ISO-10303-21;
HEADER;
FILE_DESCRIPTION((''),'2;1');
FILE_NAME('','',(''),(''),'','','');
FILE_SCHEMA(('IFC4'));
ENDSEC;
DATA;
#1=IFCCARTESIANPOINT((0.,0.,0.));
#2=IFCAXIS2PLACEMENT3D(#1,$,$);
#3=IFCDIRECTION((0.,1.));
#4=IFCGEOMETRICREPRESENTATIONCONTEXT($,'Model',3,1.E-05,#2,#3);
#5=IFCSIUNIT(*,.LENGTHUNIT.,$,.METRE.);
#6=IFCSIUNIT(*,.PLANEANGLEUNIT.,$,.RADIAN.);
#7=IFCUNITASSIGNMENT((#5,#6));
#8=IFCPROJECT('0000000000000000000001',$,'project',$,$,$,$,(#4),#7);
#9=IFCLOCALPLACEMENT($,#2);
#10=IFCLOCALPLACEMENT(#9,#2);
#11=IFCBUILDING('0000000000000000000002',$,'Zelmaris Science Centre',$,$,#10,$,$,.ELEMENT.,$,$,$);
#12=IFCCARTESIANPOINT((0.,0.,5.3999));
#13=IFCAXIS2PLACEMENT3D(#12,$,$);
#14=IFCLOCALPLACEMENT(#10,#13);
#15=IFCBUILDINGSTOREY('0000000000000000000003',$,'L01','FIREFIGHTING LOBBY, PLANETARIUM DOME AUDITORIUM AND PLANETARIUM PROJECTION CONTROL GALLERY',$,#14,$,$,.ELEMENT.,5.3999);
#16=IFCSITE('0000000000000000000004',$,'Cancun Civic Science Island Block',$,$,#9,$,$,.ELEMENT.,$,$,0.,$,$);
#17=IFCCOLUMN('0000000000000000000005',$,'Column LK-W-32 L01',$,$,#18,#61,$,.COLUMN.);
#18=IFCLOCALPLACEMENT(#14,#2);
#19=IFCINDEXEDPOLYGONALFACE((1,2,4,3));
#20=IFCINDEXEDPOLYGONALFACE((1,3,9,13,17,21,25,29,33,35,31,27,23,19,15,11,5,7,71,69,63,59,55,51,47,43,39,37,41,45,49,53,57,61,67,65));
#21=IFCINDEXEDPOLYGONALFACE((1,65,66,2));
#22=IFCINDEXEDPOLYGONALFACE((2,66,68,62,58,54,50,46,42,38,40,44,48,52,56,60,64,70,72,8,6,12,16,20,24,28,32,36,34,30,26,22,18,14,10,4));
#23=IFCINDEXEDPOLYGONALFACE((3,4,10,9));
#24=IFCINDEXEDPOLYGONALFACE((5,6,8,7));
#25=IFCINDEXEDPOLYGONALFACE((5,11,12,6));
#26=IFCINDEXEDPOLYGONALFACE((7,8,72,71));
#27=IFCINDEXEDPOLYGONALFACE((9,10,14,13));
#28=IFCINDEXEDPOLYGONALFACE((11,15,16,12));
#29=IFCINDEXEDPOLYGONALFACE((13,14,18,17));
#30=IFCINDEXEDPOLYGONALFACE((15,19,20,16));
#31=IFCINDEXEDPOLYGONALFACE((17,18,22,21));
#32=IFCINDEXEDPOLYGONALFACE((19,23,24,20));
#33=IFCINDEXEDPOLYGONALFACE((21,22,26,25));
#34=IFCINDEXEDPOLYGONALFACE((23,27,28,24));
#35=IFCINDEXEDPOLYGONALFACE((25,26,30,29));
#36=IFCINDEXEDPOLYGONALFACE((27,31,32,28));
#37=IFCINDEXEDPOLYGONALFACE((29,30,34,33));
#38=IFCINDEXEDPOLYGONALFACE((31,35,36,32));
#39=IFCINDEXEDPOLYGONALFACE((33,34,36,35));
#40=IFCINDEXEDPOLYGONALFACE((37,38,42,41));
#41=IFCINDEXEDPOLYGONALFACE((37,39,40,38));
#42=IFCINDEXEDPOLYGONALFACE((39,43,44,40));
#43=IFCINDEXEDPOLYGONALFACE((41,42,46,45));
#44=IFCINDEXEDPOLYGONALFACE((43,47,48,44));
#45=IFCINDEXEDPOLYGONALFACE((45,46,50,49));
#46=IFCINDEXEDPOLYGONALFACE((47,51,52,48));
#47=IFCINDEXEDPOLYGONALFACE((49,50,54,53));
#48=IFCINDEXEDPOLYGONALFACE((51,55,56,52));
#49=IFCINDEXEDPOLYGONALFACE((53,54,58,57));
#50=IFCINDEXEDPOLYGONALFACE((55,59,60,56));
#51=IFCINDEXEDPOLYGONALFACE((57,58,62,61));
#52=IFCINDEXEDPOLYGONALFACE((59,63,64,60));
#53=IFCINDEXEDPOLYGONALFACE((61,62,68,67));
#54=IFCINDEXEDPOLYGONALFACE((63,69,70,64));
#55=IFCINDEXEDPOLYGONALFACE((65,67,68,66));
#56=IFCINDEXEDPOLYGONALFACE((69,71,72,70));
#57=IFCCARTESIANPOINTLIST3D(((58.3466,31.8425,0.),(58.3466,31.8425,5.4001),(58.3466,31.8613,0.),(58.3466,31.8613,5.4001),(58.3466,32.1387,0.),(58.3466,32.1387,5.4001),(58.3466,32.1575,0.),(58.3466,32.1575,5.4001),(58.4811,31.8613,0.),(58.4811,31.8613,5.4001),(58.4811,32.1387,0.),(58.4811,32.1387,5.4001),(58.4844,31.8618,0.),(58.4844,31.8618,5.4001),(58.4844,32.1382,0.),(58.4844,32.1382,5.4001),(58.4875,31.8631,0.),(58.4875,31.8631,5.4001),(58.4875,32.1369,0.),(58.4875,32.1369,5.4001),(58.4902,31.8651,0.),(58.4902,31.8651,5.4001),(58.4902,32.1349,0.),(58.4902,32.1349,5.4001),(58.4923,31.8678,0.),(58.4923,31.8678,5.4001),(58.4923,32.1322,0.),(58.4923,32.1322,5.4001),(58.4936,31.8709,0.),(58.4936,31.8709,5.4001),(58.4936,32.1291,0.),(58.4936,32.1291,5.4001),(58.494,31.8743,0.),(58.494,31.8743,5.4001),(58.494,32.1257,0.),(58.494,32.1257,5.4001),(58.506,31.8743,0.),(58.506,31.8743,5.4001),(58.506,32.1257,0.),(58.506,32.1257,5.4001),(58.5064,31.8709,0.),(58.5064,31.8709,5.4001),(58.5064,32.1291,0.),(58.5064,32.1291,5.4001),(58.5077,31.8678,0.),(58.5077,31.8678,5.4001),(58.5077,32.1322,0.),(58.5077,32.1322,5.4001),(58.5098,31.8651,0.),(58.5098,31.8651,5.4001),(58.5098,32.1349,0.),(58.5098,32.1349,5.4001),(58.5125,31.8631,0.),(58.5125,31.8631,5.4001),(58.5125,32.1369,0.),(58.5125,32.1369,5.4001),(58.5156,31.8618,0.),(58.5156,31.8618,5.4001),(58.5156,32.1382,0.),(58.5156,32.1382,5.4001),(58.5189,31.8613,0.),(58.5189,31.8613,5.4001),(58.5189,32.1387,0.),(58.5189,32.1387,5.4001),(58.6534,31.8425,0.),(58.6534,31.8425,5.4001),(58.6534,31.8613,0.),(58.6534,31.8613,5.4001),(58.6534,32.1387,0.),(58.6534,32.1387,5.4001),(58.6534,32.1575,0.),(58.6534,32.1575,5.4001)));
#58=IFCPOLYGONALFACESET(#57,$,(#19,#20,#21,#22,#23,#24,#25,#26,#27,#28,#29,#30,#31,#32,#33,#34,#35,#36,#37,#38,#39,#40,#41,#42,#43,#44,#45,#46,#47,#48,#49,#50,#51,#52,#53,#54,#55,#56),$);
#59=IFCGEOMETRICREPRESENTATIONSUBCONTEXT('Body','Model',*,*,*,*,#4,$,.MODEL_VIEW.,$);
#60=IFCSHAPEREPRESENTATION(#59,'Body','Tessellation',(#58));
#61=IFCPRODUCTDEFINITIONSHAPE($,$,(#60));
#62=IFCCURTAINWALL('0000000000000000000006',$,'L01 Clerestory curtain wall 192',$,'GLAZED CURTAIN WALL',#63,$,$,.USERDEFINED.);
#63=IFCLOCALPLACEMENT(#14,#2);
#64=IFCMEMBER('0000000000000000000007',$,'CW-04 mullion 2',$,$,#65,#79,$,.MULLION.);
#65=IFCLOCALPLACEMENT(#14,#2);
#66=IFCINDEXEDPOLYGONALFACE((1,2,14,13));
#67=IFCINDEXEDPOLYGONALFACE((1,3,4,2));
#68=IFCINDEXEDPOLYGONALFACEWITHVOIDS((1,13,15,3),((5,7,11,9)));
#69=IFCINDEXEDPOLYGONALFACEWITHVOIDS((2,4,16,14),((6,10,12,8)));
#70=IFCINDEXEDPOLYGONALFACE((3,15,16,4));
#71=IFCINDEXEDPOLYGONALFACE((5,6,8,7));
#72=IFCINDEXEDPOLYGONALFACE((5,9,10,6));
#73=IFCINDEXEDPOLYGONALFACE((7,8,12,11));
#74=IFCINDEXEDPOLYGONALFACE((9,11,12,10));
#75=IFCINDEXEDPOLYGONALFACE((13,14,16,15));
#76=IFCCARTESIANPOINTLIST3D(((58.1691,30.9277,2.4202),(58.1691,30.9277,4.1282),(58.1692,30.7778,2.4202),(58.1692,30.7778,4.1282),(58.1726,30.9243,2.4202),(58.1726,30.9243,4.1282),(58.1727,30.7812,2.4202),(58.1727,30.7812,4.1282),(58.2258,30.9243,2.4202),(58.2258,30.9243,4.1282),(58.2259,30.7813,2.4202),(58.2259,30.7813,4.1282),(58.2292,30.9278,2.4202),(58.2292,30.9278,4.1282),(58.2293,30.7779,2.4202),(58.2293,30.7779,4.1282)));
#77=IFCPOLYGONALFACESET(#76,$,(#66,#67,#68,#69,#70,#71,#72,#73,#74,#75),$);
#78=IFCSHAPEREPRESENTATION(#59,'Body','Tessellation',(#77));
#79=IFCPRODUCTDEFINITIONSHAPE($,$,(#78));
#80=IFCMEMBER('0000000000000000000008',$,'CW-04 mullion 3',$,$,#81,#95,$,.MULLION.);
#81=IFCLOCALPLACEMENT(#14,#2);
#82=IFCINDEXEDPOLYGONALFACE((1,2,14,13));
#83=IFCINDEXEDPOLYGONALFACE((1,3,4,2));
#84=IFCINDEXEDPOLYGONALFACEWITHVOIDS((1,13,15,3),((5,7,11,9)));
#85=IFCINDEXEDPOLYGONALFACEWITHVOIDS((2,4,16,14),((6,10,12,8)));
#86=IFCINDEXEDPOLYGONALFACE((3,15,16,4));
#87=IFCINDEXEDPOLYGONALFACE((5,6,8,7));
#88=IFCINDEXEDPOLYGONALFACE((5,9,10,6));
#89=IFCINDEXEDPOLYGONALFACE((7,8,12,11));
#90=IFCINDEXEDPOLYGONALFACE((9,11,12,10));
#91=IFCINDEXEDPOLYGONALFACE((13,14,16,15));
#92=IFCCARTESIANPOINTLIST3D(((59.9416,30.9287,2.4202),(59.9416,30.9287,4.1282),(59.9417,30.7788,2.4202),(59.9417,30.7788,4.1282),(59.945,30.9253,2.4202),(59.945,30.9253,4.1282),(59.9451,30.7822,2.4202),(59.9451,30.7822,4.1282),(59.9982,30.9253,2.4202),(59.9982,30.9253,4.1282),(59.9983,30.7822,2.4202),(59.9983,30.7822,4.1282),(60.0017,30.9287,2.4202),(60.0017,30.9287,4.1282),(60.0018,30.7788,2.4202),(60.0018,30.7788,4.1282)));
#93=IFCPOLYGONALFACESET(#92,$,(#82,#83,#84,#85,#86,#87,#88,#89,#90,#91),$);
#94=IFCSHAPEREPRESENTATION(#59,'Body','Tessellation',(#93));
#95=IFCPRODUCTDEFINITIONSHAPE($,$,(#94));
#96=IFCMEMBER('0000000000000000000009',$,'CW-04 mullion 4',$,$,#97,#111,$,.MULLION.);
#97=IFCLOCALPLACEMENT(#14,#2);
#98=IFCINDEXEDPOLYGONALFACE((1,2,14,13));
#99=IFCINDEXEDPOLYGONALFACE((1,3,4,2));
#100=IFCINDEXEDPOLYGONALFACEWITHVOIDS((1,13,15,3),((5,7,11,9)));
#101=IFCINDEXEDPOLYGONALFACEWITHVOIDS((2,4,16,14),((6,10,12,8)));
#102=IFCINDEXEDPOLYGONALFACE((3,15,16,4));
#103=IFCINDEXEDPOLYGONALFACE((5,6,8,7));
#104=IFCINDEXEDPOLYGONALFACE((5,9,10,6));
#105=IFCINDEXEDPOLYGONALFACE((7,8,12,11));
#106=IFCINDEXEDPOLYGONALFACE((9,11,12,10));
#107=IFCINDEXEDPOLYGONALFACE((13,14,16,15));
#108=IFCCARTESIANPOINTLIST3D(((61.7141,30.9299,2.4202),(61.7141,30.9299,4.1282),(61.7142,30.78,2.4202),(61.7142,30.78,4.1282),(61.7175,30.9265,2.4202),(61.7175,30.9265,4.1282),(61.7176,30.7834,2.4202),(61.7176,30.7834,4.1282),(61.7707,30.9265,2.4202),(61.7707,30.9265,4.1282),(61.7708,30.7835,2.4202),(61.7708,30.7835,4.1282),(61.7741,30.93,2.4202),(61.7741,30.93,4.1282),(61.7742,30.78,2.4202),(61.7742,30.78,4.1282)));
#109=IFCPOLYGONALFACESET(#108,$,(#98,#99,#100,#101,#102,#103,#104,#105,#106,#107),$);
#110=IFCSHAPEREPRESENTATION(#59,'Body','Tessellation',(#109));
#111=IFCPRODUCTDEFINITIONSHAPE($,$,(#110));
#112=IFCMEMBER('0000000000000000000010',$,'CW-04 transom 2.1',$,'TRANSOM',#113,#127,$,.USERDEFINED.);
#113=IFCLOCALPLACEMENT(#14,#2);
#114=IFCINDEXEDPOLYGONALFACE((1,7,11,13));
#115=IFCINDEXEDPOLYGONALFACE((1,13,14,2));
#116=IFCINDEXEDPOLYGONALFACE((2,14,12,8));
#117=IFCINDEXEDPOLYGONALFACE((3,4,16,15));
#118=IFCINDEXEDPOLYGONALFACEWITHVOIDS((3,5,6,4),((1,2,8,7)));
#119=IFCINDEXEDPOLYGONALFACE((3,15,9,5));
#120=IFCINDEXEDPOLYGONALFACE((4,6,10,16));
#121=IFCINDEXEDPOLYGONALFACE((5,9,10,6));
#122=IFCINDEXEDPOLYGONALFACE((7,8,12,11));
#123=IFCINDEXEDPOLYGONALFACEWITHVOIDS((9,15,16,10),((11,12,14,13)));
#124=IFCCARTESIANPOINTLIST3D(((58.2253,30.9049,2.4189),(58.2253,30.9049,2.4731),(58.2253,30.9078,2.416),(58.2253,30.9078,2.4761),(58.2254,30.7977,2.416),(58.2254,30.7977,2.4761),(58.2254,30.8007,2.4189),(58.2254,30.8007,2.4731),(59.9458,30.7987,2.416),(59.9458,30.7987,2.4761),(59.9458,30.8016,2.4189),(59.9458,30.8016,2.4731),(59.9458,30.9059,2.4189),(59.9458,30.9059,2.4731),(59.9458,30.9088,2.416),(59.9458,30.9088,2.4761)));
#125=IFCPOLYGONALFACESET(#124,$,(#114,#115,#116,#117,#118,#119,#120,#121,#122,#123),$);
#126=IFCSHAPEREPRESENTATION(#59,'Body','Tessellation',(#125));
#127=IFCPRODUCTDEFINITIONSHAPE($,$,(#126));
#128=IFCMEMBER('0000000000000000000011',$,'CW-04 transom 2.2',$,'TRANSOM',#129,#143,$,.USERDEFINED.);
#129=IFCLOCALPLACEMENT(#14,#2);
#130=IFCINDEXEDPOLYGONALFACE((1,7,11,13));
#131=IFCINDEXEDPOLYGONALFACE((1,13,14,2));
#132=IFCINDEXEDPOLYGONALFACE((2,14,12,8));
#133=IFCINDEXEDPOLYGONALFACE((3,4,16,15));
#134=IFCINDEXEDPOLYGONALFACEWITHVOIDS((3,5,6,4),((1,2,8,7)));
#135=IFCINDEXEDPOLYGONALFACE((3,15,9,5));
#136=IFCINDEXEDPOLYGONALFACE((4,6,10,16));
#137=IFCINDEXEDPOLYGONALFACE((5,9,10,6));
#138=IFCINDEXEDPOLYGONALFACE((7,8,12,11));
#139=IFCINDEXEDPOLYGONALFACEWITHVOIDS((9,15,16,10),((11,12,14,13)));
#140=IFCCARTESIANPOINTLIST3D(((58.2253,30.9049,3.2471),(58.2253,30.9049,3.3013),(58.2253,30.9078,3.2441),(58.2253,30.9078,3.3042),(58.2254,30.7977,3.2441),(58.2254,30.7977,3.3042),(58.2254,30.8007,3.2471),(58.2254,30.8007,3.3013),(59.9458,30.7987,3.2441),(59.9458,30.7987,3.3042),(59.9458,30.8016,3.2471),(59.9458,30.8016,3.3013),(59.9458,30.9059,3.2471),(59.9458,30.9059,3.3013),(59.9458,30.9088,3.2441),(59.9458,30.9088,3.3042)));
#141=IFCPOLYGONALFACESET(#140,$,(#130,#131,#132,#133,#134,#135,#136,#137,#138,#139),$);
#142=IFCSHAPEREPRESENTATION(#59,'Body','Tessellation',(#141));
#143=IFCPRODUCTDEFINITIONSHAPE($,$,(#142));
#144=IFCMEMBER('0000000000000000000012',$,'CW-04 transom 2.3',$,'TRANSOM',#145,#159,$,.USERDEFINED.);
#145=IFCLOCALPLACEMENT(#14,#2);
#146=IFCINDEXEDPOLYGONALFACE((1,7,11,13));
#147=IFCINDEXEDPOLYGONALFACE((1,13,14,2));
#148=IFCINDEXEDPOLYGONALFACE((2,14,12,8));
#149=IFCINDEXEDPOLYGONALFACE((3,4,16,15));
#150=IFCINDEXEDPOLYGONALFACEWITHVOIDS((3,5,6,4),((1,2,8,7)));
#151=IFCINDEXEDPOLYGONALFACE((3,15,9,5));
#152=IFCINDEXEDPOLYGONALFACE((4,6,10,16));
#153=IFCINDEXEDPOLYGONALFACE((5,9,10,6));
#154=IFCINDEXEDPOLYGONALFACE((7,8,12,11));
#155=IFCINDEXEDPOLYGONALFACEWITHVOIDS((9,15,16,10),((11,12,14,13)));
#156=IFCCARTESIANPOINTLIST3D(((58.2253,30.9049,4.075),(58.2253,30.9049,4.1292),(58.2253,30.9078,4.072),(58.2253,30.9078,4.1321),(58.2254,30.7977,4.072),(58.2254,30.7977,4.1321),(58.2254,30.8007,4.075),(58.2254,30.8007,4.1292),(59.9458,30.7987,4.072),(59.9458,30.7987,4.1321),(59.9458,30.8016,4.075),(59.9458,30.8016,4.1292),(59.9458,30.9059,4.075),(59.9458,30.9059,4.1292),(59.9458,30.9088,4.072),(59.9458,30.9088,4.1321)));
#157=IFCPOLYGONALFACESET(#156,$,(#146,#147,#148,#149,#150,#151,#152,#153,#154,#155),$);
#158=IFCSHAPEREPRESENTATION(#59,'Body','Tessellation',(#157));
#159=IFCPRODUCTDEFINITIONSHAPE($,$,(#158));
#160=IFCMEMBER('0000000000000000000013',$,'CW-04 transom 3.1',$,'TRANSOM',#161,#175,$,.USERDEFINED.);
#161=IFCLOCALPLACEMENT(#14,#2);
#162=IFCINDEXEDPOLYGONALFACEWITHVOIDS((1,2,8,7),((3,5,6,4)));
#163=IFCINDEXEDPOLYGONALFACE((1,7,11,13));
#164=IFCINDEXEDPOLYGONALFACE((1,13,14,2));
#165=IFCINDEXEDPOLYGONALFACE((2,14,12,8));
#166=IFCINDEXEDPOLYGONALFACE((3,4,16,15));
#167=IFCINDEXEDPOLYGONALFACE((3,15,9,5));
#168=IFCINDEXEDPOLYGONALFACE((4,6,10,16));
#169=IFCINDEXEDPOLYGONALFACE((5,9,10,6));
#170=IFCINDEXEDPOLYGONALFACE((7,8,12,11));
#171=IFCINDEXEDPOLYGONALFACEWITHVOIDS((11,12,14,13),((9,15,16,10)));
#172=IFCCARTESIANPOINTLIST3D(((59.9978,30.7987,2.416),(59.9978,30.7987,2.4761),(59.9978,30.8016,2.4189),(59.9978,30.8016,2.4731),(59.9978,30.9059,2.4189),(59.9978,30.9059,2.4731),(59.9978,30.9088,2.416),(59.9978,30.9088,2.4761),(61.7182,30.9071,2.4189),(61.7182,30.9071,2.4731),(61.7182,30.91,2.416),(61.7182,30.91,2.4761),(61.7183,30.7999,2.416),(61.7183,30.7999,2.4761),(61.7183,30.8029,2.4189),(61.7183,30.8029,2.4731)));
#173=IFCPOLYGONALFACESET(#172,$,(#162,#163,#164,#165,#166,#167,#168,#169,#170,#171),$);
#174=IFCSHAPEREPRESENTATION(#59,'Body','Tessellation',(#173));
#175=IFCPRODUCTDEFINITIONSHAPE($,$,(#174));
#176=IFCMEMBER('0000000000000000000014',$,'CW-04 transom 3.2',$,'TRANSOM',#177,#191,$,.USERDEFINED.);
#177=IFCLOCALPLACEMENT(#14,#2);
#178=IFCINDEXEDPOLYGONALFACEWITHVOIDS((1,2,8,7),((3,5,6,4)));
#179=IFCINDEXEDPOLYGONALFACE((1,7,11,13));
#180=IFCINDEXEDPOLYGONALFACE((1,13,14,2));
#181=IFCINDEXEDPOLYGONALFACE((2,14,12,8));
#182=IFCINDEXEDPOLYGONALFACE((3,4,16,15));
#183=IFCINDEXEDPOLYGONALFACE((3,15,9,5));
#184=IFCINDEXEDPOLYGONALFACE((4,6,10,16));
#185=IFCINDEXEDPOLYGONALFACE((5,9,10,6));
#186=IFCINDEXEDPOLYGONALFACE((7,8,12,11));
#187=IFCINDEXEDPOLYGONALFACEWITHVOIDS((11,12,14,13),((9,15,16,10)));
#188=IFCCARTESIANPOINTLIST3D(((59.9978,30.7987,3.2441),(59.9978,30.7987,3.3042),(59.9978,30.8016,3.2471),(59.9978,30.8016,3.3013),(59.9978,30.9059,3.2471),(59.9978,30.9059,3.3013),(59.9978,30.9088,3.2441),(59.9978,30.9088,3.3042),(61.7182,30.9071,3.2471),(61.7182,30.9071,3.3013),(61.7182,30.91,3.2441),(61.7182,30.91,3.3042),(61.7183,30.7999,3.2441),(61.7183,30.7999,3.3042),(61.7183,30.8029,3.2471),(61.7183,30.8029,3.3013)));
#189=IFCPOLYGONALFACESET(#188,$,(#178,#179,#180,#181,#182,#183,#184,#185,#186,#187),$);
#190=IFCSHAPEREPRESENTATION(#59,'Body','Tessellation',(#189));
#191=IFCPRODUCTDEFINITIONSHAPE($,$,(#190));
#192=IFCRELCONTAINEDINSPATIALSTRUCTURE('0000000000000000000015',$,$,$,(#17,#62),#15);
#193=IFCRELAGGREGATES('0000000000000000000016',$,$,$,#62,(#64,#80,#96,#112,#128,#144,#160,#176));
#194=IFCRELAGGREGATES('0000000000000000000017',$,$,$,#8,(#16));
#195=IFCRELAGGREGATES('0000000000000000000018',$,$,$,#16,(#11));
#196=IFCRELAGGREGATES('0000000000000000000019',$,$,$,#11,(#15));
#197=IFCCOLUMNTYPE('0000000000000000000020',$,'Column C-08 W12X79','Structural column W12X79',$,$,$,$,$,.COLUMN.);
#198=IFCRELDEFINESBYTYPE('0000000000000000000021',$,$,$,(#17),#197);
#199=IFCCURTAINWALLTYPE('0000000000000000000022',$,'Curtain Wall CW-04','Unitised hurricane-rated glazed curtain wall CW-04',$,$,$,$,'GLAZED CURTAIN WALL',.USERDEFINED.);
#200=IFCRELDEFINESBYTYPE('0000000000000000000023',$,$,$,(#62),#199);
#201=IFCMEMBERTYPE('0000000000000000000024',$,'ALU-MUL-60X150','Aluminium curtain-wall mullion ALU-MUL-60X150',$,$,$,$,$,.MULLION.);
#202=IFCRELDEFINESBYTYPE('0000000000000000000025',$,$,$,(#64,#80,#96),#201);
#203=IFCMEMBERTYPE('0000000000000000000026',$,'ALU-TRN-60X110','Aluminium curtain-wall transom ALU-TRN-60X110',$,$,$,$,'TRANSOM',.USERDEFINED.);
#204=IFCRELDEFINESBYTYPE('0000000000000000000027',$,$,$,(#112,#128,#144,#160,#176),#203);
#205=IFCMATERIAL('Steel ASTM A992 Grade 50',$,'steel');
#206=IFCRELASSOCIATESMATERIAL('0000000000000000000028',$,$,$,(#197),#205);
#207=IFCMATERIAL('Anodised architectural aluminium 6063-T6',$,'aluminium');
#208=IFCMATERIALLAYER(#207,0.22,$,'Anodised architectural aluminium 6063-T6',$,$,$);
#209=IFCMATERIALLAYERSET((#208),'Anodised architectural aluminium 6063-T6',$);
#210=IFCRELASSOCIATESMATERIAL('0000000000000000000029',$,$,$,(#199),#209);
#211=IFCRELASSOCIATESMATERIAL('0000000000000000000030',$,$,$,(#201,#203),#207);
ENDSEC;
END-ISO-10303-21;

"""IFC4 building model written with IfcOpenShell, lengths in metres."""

from ifc_helpers import new_model, si_unit, direction, frame, origin, origin_2d, place, context, subcontext, project, spatial, hollow_rectangle, i_section, extrude, material, layer, layer_set, material_profile, profile_set, type_object, element, aggregate, save


model = new_model("IFC4")

# Units and contexts
model_context = context("Model", 3, precision=1e-05, world=origin(), true_north=direction((0.0, 1.0)))
body_context = subcontext(model_context, "Body", "Model", "MODEL_VIEW")
ifc_project = project(units=[si_unit("LENGTHUNIT", "METRE"), si_unit("PLANEANGLEUNIT", "RADIAN")], contexts=[model_context])

# Site, building, storey
site_placement = place(None, origin())
site = spatial("IfcSite", under=ifc_project, at=site_placement, Name="Cancun Civic Science Island Block", CompositionType="ELEMENT", RefElevation=0.0)
building_placement = place(site_placement, origin())
building = spatial("IfcBuilding", under=site, at=building_placement, Name="Zelmaris Science Centre", CompositionType="ELEMENT")
storey_placement = place(building_placement, frame((0.0, 0.0, 5.3999)))
storey = spatial("IfcBuildingStorey", under=building, at=storey_placement, Name="L01", Description="FIREFIGHTING LOBBY, PLANETARIUM DOME AUDITORIUM AND PLANETARIUM PROJECTION CONTROL GALLERY", CompositionType="ELEMENT", Elevation=5.3999)

# Column
ifc_material_1 = material(Name="Steel ASTM A992 Grade 50", Category="steel")
ifc_material_profile_1 = material_profile(ifc_material_1, i_section(OverallWidth=0.3069, OverallDepth=0.3149, WebThickness=0.012, FlangeThickness=0.0188, FilletRadius=0.0129, at=origin_2d()), Name="W12X79")
ifc_profile_set_1 = profile_set([ifc_material_profile_1], Name="Steel ASTM A992 Grade 50")
column_type = type_object("IfcColumnType", Name="Column C-08 W12X79", Description="Structural column W12X79", PredefinedType="COLUMN", material=ifc_profile_set_1)
column_placement = place(storey_placement, frame((58.5, 32.0, 0.0), z_axis=(0.0, 0.0, 1.0), x_axis=(1.0, 0.0, 0.0)))
element("IfcColumn", 1, at=column_placement, inside=storey, type_object=column_type, Name="Column LK-W-32 L01", PredefinedType="COLUMN", context=body_context, shape_type="SweptSolid", body=[
    extrude(i_section(OverallWidth=0.3069, OverallDepth=0.3149, WebThickness=0.012, FlangeThickness=0.0188, FilletRadius=0.0129, at=origin_2d()), origin(), (0.0, 0.0, 1.0), 5.4001),
])

# Curtain wall, members
ifc_material_2 = material(Name="Anodised architectural aluminium 6063-T6", Category="aluminium")
ifc_layer_1 = layer(ifc_material_2, 0.22, Name="Anodised architectural aluminium 6063-T6")
ifc_layer_set_1 = layer_set([ifc_layer_1], Name="Anodised architectural aluminium 6063-T6")
curtain_wall_type_1 = type_object("IfcCurtainWallType", Name="Curtain Wall CW-04", Description="Unitised hurricane-rated glazed curtain wall CW-04", ElementType="GLAZED CURTAIN WALL", PredefinedType="USERDEFINED", material=ifc_layer_set_1)
curtain_wall_1_placement = place(storey_placement, origin())
curtain_wall_1 = element("IfcCurtainWall", 2, at=curtain_wall_1_placement, inside=storey, type_object=curtain_wall_type_1, Name="L01 Clerestory curtain wall 192", ObjectType="GLAZED CURTAIN WALL", PredefinedType="USERDEFINED")
ifc_material_profile_2 = material_profile(ifc_material_2, hollow_rectangle(XDim=0.0601, YDim=0.1499, WallThickness=0.0034, at=origin_2d()), Name="ALU-MUL-60X150")
ifc_profile_set_2 = profile_set([ifc_material_profile_2], Name="Anodised architectural aluminium 6063-T6")
member_type_1 = type_object("IfcMemberType", Name="ALU-MUL-60X150", Description="Aluminium curtain-wall mullion ALU-MUL-60X150", PredefinedType="MULLION", material=ifc_profile_set_2)
member_1_placement = place(storey_placement, frame((58.1992, 30.8528, 2.4202), z_axis=(0.0, 0.0, 1.0), x_axis=(1.0, 0.000621, 0.0)))
member_1 = element("IfcMember", 3, at=member_1_placement, type_object=member_type_1, Name="CW-04 mullion 2", PredefinedType="MULLION", context=body_context, shape_type="SweptSolid", body=[
    extrude(hollow_rectangle(XDim=0.0601, YDim=0.1499, WallThickness=0.0034, at=origin_2d()), origin(), (0.0, 0.0, 1.0), 1.708),
])
member_2_placement = place(storey_placement, frame((59.9717, 30.8538, 2.4202), z_axis=(0.0, 0.0, 1.0), x_axis=(1.0, 0.000621, 0.0)))
member_2 = element("IfcMember", 4, at=member_2_placement, type_object=member_type_1, Name="CW-04 mullion 3", PredefinedType="MULLION", context=body_context, shape_type="SweptSolid", body=[
    extrude(hollow_rectangle(XDim=0.0601, YDim=0.1499, WallThickness=0.0034, at=origin_2d()), origin(), (0.0, 0.0, 1.0), 1.708),
])
member_3_placement = place(storey_placement, frame((61.7441, 30.855, 2.4202), z_axis=(0.0, 0.0, 1.0), x_axis=(1.0, 0.000621, 0.0)))
member_3 = element("IfcMember", 5, at=member_3_placement, type_object=member_type_1, Name="CW-04 mullion 4", PredefinedType="MULLION", context=body_context, shape_type="SweptSolid", body=[
    extrude(hollow_rectangle(XDim=0.0601, YDim=0.1499, WallThickness=0.0034, at=origin_2d()), origin(), (0.0, 0.0, 1.0), 1.708),
])
ifc_material_profile_3 = material_profile(ifc_material_2, hollow_rectangle(XDim=0.0601, YDim=0.1101, WallThickness=0.0029, at=origin_2d()), Name="ALU-TRN-60X110")
ifc_profile_set_3 = profile_set([ifc_material_profile_3], Name="Anodised architectural aluminium 6063-T6")
member_type_2 = type_object("IfcMemberType", Name="ALU-TRN-60X110", Description="Aluminium curtain-wall transom ALU-TRN-60X110", ElementType="TRANSOM", PredefinedType="USERDEFINED", material=ifc_profile_set_3)
member_4_placement = place(storey_placement, frame((58.2253, 30.8528, 2.446), z_axis=(1.0, 0.000568, 0.0), x_axis=(0.0, 0.0, 1.0)))
member_4 = element("IfcMember", 6, at=member_4_placement, type_object=member_type_2, Name="CW-04 transom 2.1", ObjectType="TRANSOM", PredefinedType="USERDEFINED", context=body_context, shape_type="SweptSolid", body=[
    extrude(hollow_rectangle(XDim=0.0601, YDim=0.1101, WallThickness=0.0029, at=origin_2d()), origin(), (0.0, 0.0, 1.0), 1.7205),
])
member_5_placement = place(storey_placement, frame((58.2253, 30.8528, 3.2742), z_axis=(1.0, 0.000568, 0.0), x_axis=(0.0, 0.0, 1.0)))
member_5 = element("IfcMember", 7, at=member_5_placement, type_object=member_type_2, Name="CW-04 transom 2.2", ObjectType="TRANSOM", PredefinedType="USERDEFINED", context=body_context, shape_type="SweptSolid", body=[
    extrude(hollow_rectangle(XDim=0.0601, YDim=0.1101, WallThickness=0.0029, at=origin_2d()), origin(), (0.0, 0.0, 1.0), 1.7205),
])
member_6_placement = place(storey_placement, frame((58.2253, 30.8528, 4.1021), z_axis=(1.0, 0.000568, 0.0), x_axis=(0.0, 0.0, 1.0)))
member_6 = element("IfcMember", 8, at=member_6_placement, type_object=member_type_2, Name="CW-04 transom 2.3", ObjectType="TRANSOM", PredefinedType="USERDEFINED", context=body_context, shape_type="SweptSolid", body=[
    extrude(hollow_rectangle(XDim=0.0601, YDim=0.1101, WallThickness=0.0029, at=origin_2d()), origin(), (0.0, 0.0, 1.0), 1.7205),
])
member_7_placement = place(storey_placement, frame((59.9978, 30.8538, 2.446), z_axis=(1.0, 0.00071, 0.0), x_axis=(0.0, 0.0, 1.0)))
member_7 = element("IfcMember", 9, at=member_7_placement, type_object=member_type_2, Name="CW-04 transom 3.1", ObjectType="TRANSOM", PredefinedType="USERDEFINED", context=body_context, shape_type="SweptSolid", body=[
    extrude(hollow_rectangle(XDim=0.0601, YDim=0.1101, WallThickness=0.0029, at=origin_2d()), origin(), (0.0, 0.0, 1.0), 1.7205),
])
member_8_placement = place(storey_placement, frame((59.9978, 30.8538, 3.2742), z_axis=(1.0, 0.00071, 0.0), x_axis=(0.0, 0.0, 1.0)))
member_8 = element("IfcMember", 10, at=member_8_placement, type_object=member_type_2, Name="CW-04 transom 3.2", ObjectType="TRANSOM", PredefinedType="USERDEFINED", context=body_context, shape_type="SweptSolid", body=[
    extrude(hollow_rectangle(XDim=0.0601, YDim=0.1101, WallThickness=0.0029, at=origin_2d()), origin(), (0.0, 0.0, 1.0), 1.7205),
])

aggregate(curtain_wall_1, [member_1, member_2, member_3, member_4, member_5, member_6, member_7, member_8])

save(model, "model.ifc")
